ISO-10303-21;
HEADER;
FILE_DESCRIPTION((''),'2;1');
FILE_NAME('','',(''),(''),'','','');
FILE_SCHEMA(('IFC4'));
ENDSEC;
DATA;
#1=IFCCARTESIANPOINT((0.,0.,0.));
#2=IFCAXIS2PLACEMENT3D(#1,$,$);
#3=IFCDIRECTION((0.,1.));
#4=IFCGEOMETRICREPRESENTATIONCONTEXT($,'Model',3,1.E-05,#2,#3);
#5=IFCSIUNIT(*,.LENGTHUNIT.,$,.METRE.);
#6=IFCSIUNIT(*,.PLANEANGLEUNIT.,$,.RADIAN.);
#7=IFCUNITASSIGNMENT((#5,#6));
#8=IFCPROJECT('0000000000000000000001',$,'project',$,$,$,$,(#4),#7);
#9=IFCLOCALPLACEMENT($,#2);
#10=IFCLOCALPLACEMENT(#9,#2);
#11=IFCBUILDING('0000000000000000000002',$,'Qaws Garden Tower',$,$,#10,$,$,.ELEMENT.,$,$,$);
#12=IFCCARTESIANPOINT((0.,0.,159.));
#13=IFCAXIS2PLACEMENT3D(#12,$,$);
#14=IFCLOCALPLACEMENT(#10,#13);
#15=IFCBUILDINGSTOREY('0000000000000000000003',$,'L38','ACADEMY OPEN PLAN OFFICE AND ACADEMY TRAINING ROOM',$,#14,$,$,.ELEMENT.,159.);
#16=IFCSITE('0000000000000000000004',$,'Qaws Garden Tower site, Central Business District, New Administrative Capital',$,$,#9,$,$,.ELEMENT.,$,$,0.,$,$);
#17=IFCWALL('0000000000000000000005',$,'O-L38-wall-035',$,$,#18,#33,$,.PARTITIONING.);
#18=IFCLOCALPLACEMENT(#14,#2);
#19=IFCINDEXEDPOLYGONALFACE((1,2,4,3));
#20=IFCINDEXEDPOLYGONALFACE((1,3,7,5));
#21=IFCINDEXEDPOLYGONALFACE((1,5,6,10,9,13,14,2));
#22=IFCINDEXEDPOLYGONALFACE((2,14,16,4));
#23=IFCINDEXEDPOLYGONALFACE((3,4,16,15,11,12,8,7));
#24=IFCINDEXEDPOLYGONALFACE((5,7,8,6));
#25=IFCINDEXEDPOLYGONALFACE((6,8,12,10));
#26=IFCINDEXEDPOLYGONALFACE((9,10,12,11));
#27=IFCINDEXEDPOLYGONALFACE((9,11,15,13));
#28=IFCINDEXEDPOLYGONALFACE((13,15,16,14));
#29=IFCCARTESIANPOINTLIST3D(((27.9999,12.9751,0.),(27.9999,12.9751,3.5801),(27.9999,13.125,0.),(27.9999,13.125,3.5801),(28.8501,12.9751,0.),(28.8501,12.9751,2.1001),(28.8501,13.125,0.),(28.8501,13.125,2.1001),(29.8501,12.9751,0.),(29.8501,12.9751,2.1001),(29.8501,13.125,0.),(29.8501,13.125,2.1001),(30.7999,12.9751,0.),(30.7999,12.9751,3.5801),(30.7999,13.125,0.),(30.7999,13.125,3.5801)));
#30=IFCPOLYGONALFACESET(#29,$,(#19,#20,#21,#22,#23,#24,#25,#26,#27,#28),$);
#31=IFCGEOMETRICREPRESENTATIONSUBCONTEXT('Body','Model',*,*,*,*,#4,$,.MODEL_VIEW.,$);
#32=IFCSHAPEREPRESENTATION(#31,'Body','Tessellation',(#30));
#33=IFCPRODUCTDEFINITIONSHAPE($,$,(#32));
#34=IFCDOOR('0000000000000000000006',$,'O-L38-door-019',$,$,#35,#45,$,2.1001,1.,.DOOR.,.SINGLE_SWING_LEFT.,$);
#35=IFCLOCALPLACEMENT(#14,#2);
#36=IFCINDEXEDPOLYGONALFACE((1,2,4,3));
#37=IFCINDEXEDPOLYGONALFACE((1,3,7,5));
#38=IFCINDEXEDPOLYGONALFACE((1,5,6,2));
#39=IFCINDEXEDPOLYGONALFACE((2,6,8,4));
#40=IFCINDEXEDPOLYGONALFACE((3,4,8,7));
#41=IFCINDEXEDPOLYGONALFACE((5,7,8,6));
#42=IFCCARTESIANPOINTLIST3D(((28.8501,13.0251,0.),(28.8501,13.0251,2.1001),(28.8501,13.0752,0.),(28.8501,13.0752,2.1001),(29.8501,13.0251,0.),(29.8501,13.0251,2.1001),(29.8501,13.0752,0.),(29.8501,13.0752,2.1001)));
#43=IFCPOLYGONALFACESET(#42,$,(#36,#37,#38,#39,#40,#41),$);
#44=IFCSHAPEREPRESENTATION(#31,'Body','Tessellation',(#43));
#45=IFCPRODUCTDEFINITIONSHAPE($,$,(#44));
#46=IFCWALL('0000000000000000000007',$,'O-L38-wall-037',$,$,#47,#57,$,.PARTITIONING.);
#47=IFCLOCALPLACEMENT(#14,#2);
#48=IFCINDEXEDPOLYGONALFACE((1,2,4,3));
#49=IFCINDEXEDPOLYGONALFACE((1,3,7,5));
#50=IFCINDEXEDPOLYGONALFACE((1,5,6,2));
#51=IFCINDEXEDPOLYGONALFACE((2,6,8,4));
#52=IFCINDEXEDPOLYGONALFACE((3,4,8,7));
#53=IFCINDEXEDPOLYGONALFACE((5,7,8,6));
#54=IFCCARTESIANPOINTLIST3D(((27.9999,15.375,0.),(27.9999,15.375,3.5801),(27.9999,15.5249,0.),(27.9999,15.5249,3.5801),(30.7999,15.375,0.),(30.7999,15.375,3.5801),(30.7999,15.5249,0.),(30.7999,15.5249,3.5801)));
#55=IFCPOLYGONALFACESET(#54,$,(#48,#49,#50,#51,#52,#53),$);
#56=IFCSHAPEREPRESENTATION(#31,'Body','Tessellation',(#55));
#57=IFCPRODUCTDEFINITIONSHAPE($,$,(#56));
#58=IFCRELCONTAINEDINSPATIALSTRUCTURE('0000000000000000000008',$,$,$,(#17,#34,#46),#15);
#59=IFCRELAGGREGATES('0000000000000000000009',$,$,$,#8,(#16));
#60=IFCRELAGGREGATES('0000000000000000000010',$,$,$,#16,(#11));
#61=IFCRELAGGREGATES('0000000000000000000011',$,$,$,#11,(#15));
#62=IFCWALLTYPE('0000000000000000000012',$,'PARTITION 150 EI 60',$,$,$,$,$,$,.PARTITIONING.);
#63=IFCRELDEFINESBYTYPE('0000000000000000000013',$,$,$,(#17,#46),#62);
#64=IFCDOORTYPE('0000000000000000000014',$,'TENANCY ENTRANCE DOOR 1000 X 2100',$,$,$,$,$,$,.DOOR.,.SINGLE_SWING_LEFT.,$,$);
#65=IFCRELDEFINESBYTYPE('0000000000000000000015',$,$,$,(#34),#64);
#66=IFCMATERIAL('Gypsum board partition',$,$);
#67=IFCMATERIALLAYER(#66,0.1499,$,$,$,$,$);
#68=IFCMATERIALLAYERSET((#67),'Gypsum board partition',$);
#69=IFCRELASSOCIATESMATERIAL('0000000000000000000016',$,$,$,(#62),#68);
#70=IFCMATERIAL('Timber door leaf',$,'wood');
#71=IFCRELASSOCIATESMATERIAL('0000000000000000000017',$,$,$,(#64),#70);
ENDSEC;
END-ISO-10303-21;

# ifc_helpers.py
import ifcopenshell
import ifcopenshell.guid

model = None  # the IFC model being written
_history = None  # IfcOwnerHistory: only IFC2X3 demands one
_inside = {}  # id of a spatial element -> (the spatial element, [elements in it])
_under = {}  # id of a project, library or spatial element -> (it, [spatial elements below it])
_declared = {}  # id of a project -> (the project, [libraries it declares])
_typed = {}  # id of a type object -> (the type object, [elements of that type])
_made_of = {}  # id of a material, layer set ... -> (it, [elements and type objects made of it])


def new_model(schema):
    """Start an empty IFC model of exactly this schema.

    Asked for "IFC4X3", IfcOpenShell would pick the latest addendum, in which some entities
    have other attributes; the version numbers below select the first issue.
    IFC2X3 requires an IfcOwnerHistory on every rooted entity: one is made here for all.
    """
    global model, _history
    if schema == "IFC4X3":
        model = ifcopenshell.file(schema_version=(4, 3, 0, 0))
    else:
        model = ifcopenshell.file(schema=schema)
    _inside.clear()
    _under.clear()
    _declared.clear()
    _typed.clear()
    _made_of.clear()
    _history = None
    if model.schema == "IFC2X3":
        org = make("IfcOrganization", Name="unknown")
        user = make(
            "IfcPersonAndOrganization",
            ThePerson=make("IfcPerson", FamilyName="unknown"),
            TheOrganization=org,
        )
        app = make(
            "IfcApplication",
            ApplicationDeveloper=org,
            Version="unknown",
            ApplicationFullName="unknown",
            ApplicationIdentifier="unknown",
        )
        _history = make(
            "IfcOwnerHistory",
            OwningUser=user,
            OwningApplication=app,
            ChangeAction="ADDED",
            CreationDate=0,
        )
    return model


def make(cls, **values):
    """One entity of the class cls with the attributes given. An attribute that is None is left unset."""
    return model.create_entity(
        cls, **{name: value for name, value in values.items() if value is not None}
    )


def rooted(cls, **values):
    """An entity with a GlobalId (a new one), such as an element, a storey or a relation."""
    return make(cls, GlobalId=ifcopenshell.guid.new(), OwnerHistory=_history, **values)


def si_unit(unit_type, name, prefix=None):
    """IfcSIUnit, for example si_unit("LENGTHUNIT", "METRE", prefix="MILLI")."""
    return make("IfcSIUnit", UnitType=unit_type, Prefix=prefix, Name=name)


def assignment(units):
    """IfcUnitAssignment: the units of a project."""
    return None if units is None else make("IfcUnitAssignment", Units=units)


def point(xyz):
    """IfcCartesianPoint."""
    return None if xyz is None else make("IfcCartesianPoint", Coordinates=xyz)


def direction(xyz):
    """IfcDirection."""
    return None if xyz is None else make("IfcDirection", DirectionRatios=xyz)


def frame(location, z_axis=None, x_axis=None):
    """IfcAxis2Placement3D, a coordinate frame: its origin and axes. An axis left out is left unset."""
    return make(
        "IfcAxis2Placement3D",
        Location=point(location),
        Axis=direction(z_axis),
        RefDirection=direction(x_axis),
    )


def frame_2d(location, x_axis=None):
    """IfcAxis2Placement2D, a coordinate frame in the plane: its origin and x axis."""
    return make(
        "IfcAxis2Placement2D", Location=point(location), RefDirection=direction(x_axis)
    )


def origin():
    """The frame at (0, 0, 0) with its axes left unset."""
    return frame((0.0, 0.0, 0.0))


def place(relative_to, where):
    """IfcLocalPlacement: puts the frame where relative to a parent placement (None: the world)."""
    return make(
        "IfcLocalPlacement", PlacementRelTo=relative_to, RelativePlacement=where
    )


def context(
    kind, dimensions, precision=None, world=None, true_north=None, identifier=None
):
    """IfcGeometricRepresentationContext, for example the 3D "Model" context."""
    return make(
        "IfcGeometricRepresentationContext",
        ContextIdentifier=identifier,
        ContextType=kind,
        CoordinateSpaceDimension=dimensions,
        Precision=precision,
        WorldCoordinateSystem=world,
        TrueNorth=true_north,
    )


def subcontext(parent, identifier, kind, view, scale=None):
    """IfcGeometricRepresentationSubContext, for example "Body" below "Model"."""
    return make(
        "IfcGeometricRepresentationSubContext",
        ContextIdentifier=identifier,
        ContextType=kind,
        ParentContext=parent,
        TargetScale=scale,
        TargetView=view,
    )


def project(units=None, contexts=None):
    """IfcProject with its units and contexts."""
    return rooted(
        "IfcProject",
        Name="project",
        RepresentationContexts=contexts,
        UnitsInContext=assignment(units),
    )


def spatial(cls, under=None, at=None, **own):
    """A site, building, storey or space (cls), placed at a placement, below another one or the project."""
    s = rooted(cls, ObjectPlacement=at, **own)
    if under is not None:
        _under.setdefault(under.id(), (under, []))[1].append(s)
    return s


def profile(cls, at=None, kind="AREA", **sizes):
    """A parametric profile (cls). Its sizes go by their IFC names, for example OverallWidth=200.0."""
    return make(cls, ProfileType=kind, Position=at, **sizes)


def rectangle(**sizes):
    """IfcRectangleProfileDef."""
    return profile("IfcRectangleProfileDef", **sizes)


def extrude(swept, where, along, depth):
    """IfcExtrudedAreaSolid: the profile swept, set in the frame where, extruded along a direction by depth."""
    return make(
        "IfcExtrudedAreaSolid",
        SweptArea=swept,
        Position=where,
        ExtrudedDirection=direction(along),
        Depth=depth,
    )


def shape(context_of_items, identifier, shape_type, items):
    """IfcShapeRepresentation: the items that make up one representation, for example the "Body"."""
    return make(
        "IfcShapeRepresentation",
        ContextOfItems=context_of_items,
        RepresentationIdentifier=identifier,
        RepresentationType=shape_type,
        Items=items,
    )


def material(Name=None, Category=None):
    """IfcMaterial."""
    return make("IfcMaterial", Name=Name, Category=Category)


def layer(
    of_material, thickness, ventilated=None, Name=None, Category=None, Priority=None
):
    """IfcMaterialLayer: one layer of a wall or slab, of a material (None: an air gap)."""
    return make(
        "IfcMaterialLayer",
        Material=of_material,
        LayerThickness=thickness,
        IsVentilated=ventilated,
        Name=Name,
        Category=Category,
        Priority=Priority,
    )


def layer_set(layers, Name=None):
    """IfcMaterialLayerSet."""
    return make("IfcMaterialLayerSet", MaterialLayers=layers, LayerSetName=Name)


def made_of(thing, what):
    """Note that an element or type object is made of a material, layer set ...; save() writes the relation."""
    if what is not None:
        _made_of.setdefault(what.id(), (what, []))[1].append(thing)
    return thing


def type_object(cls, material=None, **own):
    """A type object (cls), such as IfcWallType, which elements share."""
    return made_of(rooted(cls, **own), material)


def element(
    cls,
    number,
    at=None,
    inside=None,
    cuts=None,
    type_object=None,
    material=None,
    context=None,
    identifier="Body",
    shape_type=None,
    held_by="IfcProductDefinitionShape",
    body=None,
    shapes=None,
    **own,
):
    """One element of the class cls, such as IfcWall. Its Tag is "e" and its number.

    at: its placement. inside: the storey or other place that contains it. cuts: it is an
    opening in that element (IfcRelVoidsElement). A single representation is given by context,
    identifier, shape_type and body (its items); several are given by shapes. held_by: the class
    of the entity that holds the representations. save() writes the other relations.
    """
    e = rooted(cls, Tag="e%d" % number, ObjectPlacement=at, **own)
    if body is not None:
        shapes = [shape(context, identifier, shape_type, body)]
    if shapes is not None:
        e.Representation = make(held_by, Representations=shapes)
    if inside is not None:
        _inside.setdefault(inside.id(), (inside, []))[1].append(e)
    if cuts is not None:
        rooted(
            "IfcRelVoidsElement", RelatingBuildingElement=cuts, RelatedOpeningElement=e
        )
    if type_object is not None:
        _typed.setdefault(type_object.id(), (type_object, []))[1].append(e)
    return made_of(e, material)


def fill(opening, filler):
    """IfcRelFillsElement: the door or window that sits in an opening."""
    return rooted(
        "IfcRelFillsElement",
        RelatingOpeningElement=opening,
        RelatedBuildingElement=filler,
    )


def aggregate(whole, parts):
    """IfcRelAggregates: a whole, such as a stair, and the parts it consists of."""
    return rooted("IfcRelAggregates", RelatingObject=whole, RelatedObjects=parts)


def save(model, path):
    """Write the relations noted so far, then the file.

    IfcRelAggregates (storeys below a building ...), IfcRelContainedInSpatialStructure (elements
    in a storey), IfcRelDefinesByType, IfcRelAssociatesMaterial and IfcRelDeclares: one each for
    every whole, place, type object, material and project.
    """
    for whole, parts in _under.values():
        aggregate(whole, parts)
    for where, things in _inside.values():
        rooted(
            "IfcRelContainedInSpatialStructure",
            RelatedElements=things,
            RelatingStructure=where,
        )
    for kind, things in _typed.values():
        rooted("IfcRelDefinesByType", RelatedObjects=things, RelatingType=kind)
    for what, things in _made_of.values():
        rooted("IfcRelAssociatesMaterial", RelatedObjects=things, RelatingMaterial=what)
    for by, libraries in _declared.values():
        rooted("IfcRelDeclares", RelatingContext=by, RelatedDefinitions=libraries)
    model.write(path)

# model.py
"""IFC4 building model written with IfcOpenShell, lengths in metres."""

from ifc_helpers import new_model, si_unit, direction, frame, frame_2d, origin, place, context, subcontext, project, spatial, rectangle, extrude, material, layer, layer_set, type_object, element, fill, save


model = new_model("IFC4")

# Units and contexts
model_context = context("Model", 3, precision=1e-05, world=origin(), true_north=direction((0.0, 1.0)))
body_context = subcontext(model_context, "Body", "Model", "MODEL_VIEW")
ifc_project = project(units=[si_unit("LENGTHUNIT", "METRE"), si_unit("PLANEANGLEUNIT", "RADIAN")], contexts=[model_context])

# Site, building, storey
site_placement = place(None, origin())
site = spatial("IfcSite", under=ifc_project, at=site_placement, Name="Qaws Garden Tower site, Central Business District, New Administrative Capital", CompositionType="ELEMENT", RefElevation=0.0)
building_placement = place(site_placement, origin())
building = spatial("IfcBuilding", under=site, at=building_placement, Name="Qaws Garden Tower", CompositionType="ELEMENT")
storey_placement = place(building_placement, frame((0.0, 0.0, 159.0)))
storey = spatial("IfcBuildingStorey", under=building, at=storey_placement, Name="L38", Description="ACADEMY OPEN PLAN OFFICE AND ACADEMY TRAINING ROOM", CompositionType="ELEMENT", Elevation=159.0)

# Shared definitions
ifc_material_1 = material(Name="Gypsum board partition")
ifc_layer_1 = layer(ifc_material_1, 0.1499)
ifc_layer_set_1 = layer_set([ifc_layer_1], Name="Gypsum board partition")
wall_type_1 = type_object("IfcWallType", Name="PARTITION 150 EI 60", PredefinedType="PARTITIONING", material=ifc_layer_set_1)

# Shared definitions
ifc_material_2 = material(Name="Timber door leaf", Category="wood")
door_type_1 = type_object("IfcDoorType", Name="TENANCY ENTRANCE DOOR 1000 X 2100", OperationType="SINGLE_SWING_LEFT", PredefinedType="DOOR", material=ifc_material_2)

# Wall, opening, door
wall_1_placement = place(storey_placement, frame((28.0, 13.05, 0.0), z_axis=(0.0, 0.0, 1.0), x_axis=(1.0, 0.0, 0.0)))
wall_1 = element("IfcWall", 1, at=wall_1_placement, inside=storey, type_object=wall_type_1, Name="O-L38-wall-035", PredefinedType="PARTITIONING", context=body_context, shape_type="SweptSolid", body=[
    extrude(rectangle(XDim=2.8, YDim=0.1499, at=frame_2d((1.3999, 0.0))), origin(), (0.0, 0.0, 1.0), 3.5801),
])
opening_1_placement = place(wall_1_placement, frame((0.8501, 0.0, 0.0)))
opening_1 = element("IfcOpeningElement", 2, at=opening_1_placement, cuts=wall_1, PredefinedType="OPENING", context=body_context, shape_type="SweptSolid", body=[
    extrude(rectangle(XDim=1.0, YDim=2.1001, at=frame_2d((0.5, 1.05))), frame((0.0, 0.085, 0.0), z_axis=(0.0, -1.0, 0.0), x_axis=(1.0, 0.0, 0.0)), (0.0, 0.0, 1.0), 0.1699),
])
door_1_placement = place(opening_1_placement, frame((1.0, 0.0, 0.0), z_axis=(0.0, 0.0, 1.0), x_axis=(-1.0, 0.0, 0.0)))
door_1 = element("IfcDoor", 3, at=door_1_placement, inside=storey, type_object=door_type_1, Name="O-L38-door-019", OperationType="SINGLE_SWING_LEFT", OverallHeight=2.1001, OverallWidth=1.0, PredefinedType="DOOR", context=body_context, shape_type="SweptSolid", body=[
    extrude(rectangle(XDim=1.0, YDim=2.1001, at=frame_2d((0.5, 1.05))), frame((0.0, 0.0249, 0.0), z_axis=(0.0, -1.0, 0.0), x_axis=(1.0, 0.0, 0.0)), (0.0, 0.0, 1.0), 0.05),
])
fill(opening_1, door_1)

# Wall
wall_2_placement = place(storey_placement, frame((28.0, 15.45, 0.0), z_axis=(0.0, 0.0, 1.0), x_axis=(1.0, 0.0, 0.0)))
element("IfcWall", 4, at=wall_2_placement, inside=storey, type_object=wall_type_1, Name="O-L38-wall-037", PredefinedType="PARTITIONING", context=body_context, shape_type="SweptSolid", body=[
    extrude(rectangle(XDim=2.8, YDim=0.1499, at=frame_2d((1.3999, 0.0))), origin(), (0.0, 0.0, 1.0), 3.5801),
])

save(model, "model.ifc")
